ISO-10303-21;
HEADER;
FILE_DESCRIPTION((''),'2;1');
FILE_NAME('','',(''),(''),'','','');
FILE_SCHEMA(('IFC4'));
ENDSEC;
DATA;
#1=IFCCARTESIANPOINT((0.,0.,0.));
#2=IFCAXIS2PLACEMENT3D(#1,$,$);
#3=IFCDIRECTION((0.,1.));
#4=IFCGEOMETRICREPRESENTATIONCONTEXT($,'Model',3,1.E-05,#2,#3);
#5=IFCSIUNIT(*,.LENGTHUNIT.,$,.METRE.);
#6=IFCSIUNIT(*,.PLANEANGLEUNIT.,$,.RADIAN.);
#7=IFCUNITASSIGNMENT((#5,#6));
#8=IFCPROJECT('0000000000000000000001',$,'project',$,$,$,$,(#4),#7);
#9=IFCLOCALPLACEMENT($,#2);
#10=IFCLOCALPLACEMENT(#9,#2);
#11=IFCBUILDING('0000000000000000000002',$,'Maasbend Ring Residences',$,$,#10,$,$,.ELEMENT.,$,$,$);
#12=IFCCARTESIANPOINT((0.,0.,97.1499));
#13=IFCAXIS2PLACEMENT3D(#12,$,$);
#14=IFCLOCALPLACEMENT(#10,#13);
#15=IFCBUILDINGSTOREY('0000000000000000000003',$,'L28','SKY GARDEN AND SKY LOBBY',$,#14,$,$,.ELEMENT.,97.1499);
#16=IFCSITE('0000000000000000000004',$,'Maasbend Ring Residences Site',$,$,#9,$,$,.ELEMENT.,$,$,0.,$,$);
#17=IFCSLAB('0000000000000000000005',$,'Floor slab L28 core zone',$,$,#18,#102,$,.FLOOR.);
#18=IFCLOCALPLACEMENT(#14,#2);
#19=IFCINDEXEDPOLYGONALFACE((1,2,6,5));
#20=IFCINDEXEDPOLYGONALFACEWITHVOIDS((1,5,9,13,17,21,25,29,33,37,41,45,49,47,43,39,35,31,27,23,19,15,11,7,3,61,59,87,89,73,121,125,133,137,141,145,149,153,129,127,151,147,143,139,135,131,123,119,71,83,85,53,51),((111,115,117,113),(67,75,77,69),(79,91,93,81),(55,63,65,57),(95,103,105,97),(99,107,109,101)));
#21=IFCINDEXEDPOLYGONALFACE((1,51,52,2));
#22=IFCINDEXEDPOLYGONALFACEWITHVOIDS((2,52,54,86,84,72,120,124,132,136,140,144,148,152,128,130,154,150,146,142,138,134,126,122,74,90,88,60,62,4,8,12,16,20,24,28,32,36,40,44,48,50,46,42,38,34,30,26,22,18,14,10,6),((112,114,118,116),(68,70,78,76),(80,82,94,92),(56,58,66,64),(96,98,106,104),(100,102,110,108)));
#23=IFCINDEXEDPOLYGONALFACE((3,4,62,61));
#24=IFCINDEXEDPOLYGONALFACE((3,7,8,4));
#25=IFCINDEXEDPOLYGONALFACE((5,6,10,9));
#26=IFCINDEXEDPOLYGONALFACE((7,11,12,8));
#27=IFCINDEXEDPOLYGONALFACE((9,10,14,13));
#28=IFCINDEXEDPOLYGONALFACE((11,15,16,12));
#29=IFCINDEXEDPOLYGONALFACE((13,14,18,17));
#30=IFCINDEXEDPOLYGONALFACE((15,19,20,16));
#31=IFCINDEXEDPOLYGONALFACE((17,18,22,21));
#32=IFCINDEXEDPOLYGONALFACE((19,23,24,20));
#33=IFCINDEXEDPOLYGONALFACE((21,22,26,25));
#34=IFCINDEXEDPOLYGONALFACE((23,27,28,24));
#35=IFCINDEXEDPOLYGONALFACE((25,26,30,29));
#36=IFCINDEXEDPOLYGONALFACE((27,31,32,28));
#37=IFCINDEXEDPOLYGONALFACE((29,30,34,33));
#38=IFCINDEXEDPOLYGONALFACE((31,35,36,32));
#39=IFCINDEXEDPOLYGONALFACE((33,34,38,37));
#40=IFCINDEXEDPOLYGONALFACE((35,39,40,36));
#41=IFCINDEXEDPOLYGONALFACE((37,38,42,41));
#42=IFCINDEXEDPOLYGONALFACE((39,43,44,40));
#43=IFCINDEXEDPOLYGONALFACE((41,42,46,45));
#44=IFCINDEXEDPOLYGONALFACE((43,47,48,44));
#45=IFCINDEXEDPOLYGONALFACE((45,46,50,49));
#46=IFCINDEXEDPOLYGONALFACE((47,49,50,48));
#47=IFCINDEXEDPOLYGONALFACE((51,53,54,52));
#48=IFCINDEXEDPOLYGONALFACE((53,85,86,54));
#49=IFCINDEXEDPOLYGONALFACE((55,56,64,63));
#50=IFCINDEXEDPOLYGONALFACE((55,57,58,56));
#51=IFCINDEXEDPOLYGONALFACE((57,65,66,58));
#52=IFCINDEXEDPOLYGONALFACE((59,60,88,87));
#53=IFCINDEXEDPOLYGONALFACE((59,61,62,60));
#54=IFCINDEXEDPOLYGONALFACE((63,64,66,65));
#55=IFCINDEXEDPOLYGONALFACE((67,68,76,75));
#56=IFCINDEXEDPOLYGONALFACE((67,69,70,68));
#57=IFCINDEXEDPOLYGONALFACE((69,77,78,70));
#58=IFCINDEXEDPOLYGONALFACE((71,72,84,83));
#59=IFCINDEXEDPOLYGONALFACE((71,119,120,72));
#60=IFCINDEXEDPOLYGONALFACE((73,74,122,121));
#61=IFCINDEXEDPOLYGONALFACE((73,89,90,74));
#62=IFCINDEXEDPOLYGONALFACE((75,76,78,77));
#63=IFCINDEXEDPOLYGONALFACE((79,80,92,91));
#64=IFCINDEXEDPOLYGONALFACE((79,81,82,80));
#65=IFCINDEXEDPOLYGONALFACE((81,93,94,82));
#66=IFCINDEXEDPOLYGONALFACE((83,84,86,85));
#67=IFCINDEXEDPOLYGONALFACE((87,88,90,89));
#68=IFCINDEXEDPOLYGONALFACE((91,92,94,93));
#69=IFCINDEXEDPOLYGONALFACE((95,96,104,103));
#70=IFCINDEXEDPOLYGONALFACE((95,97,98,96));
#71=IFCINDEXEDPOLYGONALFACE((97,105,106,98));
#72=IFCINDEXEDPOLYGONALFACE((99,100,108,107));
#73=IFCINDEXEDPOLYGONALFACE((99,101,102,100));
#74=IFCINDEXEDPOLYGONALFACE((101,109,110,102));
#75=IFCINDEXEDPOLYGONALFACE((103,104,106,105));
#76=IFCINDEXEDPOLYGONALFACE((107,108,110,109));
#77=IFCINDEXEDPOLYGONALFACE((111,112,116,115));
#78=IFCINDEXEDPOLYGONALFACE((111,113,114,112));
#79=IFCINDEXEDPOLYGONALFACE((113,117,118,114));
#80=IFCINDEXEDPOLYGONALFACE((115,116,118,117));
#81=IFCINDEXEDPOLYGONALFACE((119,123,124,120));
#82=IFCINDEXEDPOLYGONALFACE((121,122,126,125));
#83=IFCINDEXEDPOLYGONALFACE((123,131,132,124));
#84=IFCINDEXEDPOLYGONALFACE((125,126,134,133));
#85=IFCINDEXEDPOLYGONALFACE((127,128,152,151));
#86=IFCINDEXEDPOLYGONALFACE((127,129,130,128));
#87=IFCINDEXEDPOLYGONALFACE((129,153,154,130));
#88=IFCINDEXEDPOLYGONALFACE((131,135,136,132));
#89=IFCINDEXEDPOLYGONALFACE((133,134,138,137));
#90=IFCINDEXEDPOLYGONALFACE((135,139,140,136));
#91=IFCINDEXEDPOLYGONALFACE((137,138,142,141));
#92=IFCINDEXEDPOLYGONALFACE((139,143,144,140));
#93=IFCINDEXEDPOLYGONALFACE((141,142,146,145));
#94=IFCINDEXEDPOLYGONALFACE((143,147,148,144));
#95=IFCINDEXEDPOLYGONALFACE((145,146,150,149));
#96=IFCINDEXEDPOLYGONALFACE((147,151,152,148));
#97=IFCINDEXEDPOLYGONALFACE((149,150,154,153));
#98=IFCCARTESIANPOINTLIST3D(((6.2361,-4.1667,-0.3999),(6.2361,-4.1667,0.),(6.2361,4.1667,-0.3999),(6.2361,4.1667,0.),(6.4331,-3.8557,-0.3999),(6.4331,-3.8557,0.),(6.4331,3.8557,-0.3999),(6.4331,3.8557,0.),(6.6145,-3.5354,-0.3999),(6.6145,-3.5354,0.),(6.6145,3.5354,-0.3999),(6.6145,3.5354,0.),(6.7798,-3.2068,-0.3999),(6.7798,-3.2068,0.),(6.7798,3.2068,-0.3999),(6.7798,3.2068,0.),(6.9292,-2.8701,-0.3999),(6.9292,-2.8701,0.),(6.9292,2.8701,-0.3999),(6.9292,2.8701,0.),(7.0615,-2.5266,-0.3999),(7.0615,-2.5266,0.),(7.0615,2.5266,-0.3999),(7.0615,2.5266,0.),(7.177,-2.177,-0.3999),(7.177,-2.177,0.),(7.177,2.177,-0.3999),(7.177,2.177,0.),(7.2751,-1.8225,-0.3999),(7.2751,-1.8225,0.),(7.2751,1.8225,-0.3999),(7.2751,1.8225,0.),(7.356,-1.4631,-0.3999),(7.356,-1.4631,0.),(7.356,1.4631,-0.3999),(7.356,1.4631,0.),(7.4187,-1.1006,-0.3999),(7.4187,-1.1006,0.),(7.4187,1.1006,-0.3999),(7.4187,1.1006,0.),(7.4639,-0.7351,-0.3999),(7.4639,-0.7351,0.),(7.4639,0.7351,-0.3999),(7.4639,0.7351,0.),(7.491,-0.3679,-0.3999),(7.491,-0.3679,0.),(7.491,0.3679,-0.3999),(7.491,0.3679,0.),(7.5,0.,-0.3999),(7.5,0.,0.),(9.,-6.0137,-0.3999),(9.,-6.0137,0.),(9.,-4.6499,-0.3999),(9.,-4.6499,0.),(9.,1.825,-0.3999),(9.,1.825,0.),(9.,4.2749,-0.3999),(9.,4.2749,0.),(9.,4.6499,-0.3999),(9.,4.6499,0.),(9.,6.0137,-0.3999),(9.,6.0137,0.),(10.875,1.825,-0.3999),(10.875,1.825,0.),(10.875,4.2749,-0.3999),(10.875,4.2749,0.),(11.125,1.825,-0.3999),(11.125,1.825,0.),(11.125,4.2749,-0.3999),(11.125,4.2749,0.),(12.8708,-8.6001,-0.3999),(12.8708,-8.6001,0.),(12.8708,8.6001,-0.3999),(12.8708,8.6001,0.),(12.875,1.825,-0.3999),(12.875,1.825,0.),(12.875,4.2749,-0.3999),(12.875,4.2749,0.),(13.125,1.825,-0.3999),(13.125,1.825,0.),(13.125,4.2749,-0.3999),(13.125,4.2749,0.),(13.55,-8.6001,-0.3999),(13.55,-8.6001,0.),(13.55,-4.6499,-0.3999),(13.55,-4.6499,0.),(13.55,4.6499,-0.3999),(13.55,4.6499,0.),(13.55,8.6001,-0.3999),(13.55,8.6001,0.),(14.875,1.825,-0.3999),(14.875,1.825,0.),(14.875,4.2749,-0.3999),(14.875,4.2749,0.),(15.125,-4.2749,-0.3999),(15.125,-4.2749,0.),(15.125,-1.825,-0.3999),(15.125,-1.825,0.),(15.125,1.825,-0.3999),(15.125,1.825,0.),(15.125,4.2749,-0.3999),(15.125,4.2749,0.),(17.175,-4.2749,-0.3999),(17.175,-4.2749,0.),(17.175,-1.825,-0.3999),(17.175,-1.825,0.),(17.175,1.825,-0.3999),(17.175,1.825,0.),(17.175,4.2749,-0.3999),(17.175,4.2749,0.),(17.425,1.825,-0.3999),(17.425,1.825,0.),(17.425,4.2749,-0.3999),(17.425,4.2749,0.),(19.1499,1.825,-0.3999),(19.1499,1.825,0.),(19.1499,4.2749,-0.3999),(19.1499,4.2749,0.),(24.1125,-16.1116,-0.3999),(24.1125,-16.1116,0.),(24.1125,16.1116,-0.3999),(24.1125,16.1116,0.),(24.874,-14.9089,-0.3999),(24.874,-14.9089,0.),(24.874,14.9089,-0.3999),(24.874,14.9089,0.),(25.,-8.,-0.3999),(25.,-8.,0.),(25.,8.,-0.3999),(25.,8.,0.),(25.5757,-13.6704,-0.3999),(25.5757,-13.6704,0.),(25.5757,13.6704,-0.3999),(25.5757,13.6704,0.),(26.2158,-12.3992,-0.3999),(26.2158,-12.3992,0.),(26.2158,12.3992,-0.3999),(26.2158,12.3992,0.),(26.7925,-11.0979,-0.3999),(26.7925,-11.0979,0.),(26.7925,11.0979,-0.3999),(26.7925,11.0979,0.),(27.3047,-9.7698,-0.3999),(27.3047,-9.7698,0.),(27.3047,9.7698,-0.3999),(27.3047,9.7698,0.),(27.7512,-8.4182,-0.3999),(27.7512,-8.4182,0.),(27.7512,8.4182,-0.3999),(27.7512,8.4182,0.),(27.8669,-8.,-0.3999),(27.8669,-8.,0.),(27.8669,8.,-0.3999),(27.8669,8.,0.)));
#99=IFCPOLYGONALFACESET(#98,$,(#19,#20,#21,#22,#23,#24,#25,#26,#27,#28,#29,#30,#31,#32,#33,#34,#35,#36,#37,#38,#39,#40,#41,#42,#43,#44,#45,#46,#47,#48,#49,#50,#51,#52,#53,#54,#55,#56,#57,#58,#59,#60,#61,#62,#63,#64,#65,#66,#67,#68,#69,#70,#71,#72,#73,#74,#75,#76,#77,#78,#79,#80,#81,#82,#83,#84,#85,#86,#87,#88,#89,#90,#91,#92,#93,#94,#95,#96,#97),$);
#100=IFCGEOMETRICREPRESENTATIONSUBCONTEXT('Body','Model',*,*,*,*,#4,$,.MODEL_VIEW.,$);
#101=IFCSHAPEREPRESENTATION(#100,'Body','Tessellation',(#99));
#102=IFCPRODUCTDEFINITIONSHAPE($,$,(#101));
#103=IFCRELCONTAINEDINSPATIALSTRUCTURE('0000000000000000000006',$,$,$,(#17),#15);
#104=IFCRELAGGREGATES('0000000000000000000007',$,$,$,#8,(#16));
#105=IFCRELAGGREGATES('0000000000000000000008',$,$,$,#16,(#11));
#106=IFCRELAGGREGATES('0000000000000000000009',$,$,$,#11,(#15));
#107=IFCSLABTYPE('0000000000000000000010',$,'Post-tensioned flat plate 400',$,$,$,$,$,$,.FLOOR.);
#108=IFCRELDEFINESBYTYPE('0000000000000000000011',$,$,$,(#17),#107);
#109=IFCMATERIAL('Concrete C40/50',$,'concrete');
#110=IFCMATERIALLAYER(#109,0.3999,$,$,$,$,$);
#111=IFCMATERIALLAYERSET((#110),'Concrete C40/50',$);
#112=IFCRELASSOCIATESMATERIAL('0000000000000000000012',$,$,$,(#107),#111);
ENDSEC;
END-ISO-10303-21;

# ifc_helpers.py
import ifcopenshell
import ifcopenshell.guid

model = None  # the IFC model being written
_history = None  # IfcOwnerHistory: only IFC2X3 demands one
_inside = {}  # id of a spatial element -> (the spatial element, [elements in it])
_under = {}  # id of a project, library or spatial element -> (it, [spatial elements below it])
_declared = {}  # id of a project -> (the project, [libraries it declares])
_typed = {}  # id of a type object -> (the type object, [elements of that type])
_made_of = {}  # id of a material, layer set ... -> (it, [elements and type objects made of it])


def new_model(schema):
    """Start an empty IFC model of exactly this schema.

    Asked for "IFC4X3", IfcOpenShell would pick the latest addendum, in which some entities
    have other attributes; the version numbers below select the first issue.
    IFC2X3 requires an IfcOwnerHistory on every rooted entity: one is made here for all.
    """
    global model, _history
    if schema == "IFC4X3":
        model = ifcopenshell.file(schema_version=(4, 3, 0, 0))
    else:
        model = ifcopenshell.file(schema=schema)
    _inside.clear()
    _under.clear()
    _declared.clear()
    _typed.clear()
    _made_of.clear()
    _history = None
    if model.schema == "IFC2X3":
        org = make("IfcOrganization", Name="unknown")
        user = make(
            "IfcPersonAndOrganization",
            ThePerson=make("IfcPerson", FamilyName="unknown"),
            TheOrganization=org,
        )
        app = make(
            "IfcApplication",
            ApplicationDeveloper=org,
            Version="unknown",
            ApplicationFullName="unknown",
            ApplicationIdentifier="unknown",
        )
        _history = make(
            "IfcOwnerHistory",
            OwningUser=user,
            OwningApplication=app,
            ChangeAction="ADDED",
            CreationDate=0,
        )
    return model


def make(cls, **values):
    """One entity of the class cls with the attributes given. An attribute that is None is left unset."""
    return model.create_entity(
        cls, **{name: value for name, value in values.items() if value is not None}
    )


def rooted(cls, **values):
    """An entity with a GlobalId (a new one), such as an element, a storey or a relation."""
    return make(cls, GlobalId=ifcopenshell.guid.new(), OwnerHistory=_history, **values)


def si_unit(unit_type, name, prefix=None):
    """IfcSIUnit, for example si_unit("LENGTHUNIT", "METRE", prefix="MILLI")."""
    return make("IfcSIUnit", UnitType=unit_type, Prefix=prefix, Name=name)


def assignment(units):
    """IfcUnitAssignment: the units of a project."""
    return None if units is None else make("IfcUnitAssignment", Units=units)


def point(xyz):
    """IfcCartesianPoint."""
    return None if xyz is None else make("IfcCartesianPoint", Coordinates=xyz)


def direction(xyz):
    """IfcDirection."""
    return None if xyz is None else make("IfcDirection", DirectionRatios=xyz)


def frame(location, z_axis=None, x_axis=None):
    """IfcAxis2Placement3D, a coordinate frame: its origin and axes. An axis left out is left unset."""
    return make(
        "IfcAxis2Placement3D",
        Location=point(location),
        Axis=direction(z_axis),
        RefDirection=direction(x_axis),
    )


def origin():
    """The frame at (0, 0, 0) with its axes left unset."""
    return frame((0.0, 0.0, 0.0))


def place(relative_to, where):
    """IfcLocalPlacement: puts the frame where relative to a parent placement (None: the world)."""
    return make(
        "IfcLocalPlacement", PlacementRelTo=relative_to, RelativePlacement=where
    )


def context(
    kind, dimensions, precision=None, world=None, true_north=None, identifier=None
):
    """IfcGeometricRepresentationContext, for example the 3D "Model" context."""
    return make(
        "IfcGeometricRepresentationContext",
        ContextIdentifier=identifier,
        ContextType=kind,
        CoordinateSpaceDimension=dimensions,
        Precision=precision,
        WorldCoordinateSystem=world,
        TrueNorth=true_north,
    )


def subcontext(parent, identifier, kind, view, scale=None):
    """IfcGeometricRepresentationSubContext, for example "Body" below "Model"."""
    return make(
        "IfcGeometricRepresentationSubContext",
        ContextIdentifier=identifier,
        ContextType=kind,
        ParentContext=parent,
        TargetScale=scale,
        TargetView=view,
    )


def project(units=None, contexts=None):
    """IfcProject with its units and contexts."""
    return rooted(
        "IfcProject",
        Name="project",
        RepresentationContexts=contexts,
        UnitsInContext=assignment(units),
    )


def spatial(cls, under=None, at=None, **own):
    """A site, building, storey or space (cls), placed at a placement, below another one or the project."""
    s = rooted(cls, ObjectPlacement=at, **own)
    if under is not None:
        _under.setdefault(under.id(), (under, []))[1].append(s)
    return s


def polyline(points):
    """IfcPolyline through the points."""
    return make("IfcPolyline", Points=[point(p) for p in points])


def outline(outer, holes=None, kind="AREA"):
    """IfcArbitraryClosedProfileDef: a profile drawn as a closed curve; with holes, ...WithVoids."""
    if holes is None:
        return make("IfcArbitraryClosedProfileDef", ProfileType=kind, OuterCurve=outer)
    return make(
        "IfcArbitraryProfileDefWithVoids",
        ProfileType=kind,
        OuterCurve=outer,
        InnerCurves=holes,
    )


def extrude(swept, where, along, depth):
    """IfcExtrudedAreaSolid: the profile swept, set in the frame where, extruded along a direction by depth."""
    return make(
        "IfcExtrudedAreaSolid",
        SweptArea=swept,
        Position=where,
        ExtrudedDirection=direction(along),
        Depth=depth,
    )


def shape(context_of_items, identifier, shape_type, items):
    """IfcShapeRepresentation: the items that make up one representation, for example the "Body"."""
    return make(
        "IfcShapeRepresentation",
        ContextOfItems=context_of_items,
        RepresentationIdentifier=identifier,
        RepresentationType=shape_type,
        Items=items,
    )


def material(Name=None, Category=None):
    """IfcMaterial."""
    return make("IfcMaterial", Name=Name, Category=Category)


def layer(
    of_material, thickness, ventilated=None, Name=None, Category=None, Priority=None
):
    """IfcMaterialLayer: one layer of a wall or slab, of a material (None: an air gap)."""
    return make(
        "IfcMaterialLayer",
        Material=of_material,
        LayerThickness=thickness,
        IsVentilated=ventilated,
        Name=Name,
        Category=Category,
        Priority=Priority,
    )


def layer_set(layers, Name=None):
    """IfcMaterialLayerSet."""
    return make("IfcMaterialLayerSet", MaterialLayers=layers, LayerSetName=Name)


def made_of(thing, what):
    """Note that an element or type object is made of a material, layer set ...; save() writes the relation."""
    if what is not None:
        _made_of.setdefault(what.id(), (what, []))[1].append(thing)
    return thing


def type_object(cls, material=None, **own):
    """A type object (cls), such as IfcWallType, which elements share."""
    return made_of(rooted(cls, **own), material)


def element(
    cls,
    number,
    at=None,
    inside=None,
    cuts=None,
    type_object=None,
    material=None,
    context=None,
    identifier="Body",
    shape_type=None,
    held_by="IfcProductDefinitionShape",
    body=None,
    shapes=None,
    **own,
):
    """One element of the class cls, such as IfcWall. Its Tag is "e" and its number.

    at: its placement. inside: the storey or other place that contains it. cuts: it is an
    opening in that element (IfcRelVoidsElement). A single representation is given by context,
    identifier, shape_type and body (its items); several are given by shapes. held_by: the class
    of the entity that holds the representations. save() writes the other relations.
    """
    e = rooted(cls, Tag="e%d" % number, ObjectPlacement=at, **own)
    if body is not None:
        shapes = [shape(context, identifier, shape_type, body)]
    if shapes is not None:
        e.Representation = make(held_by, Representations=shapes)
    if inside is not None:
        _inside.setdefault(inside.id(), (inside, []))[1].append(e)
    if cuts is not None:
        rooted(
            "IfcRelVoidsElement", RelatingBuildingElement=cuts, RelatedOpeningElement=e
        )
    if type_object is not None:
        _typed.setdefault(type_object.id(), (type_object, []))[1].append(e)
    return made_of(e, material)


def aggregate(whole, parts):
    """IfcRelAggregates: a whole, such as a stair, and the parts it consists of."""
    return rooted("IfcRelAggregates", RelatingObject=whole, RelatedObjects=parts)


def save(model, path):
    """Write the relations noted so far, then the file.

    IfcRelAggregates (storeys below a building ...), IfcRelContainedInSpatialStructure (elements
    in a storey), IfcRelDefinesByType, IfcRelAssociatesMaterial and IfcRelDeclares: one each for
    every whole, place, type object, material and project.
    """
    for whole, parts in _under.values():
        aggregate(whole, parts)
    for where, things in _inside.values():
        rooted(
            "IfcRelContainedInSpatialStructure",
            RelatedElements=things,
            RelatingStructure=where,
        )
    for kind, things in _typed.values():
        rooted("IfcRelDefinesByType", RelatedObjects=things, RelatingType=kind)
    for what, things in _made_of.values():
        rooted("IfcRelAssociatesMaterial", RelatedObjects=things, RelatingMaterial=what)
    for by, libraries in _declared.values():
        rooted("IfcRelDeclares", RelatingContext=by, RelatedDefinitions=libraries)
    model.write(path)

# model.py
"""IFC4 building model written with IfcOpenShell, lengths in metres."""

from ifc_helpers import new_model, si_unit, direction, frame, origin, place, context, subcontext, project, spatial, polyline, outline, extrude, material, layer, layer_set, type_object, element, save


model = new_model("IFC4")

# Units and contexts
model_context = context("Model", 3, precision=1e-05, world=origin(), true_north=direction((0.0, 1.0)))
body_context = subcontext(model_context, "Body", "Model", "MODEL_VIEW")
ifc_project = project(units=[si_unit("LENGTHUNIT", "METRE"), si_unit("PLANEANGLEUNIT", "RADIAN")], contexts=[model_context])

# Site, building, storey
site_placement = place(None, origin())
site = spatial("IfcSite", under=ifc_project, at=site_placement, Name="Maasbend Ring Residences Site", CompositionType="ELEMENT", RefElevation=0.0)
building_placement = place(site_placement, origin())
building = spatial("IfcBuilding", under=site, at=building_placement, Name="Maasbend Ring Residences", CompositionType="ELEMENT")
storey_placement = place(building_placement, frame((0.0, 0.0, 97.1499)))
storey = spatial("IfcBuildingStorey", under=building, at=storey_placement, Name="L28", Description="SKY GARDEN AND SKY LOBBY", CompositionType="ELEMENT", Elevation=97.1499)

# Slab
ifc_material_1 = material(Name="Concrete C40/50", Category="concrete")
ifc_layer_1 = layer(ifc_material_1, 0.3999)
ifc_layer_set_1 = layer_set([ifc_layer_1], Name="Concrete C40/50")
slab_type_1 = type_object("IfcSlabType", Name="Post-tensioned flat plate 400", PredefinedType="FLOOR", material=ifc_layer_set_1)
slab_1_placement = place(storey_placement, frame((0.0, 0.0, -0.3999)))
element("IfcSlab", 1, at=slab_1_placement, inside=storey, type_object=slab_type_1, Name="Floor slab L28 core zone", PredefinedType="FLOOR", context=body_context, shape_type="SweptSolid", body=[
    extrude(outline(polyline([(26.2158, -12.3992), (26.7925, -11.0979), (27.3047, -9.7698), (27.7512, -8.4182), (27.8669, -8.0), (25.0, -8.0), (25.0, 8.0), (27.8669, 8.0), (27.7512, 8.4182), (27.3047, 9.7698), (26.7925, 11.0979), (26.2158, 12.3992), (25.5757, 13.6704), (24.874, 14.9089), (24.1125, 16.1116), (12.8708, 8.6001), (13.55, 8.6001), (13.55, 4.6499), (9.0, 4.6499), (9.0, 6.0137), (6.2361, 4.1667), (6.4331, 3.8557), (6.6145, 3.5354), (6.7798, 3.2068), (6.9292, 2.8701), (7.0615, 2.5266), (7.177, 2.177), (7.2751, 1.8225), (7.356, 1.4631), (7.4187, 1.1006), (7.4639, 0.7351), (7.491, 0.3679), (7.5, 0.0), (7.491, -0.3679), (7.4639, -0.7351), (7.4187, -1.1006), (7.356, -1.4631), (7.2751, -1.8225), (7.177, -2.177), (7.0615, -2.5266), (6.9292, -2.8701), (6.7798, -3.2068), (6.6145, -3.5354), (6.4331, -3.8557), (6.2361, -4.1667), (9.0, -6.0137), (9.0, -4.6499), (13.55, -4.6499), (13.55, -8.6001), (12.8708, -8.6001), (24.1125, -16.1116), (24.874, -14.9089), (25.5757, -13.6704), (26.2158, -12.3992)]), holes=[polyline([(17.425, 1.825), (17.425, 4.2749), (19.1499, 4.2749), (19.1499, 1.825), (17.425, 1.825)]), polyline([(17.175, -4.2749), (15.125, -4.2749), (15.125, -1.825), (17.175, -1.825), (17.175, -4.2749)]), polyline([(17.175, 1.825), (15.125, 1.825), (15.125, 4.2749), (17.175, 4.2749), (17.175, 1.825)]), polyline([(14.875, 1.825), (13.125, 1.825), (13.125, 4.2749), (14.875, 4.2749), (14.875, 1.825)]), polyline([(12.875, 1.825), (11.125, 1.825), (11.125, 4.2749), (12.875, 4.2749), (12.875, 1.825)]), polyline([(10.875, 1.825), (9.0, 1.825), (9.0, 4.2749), (10.875, 4.2749), (10.875, 1.825)])]), origin(), (0.0, 0.0, 1.0), 0.3999),
])

save(model, "model.ifc")
